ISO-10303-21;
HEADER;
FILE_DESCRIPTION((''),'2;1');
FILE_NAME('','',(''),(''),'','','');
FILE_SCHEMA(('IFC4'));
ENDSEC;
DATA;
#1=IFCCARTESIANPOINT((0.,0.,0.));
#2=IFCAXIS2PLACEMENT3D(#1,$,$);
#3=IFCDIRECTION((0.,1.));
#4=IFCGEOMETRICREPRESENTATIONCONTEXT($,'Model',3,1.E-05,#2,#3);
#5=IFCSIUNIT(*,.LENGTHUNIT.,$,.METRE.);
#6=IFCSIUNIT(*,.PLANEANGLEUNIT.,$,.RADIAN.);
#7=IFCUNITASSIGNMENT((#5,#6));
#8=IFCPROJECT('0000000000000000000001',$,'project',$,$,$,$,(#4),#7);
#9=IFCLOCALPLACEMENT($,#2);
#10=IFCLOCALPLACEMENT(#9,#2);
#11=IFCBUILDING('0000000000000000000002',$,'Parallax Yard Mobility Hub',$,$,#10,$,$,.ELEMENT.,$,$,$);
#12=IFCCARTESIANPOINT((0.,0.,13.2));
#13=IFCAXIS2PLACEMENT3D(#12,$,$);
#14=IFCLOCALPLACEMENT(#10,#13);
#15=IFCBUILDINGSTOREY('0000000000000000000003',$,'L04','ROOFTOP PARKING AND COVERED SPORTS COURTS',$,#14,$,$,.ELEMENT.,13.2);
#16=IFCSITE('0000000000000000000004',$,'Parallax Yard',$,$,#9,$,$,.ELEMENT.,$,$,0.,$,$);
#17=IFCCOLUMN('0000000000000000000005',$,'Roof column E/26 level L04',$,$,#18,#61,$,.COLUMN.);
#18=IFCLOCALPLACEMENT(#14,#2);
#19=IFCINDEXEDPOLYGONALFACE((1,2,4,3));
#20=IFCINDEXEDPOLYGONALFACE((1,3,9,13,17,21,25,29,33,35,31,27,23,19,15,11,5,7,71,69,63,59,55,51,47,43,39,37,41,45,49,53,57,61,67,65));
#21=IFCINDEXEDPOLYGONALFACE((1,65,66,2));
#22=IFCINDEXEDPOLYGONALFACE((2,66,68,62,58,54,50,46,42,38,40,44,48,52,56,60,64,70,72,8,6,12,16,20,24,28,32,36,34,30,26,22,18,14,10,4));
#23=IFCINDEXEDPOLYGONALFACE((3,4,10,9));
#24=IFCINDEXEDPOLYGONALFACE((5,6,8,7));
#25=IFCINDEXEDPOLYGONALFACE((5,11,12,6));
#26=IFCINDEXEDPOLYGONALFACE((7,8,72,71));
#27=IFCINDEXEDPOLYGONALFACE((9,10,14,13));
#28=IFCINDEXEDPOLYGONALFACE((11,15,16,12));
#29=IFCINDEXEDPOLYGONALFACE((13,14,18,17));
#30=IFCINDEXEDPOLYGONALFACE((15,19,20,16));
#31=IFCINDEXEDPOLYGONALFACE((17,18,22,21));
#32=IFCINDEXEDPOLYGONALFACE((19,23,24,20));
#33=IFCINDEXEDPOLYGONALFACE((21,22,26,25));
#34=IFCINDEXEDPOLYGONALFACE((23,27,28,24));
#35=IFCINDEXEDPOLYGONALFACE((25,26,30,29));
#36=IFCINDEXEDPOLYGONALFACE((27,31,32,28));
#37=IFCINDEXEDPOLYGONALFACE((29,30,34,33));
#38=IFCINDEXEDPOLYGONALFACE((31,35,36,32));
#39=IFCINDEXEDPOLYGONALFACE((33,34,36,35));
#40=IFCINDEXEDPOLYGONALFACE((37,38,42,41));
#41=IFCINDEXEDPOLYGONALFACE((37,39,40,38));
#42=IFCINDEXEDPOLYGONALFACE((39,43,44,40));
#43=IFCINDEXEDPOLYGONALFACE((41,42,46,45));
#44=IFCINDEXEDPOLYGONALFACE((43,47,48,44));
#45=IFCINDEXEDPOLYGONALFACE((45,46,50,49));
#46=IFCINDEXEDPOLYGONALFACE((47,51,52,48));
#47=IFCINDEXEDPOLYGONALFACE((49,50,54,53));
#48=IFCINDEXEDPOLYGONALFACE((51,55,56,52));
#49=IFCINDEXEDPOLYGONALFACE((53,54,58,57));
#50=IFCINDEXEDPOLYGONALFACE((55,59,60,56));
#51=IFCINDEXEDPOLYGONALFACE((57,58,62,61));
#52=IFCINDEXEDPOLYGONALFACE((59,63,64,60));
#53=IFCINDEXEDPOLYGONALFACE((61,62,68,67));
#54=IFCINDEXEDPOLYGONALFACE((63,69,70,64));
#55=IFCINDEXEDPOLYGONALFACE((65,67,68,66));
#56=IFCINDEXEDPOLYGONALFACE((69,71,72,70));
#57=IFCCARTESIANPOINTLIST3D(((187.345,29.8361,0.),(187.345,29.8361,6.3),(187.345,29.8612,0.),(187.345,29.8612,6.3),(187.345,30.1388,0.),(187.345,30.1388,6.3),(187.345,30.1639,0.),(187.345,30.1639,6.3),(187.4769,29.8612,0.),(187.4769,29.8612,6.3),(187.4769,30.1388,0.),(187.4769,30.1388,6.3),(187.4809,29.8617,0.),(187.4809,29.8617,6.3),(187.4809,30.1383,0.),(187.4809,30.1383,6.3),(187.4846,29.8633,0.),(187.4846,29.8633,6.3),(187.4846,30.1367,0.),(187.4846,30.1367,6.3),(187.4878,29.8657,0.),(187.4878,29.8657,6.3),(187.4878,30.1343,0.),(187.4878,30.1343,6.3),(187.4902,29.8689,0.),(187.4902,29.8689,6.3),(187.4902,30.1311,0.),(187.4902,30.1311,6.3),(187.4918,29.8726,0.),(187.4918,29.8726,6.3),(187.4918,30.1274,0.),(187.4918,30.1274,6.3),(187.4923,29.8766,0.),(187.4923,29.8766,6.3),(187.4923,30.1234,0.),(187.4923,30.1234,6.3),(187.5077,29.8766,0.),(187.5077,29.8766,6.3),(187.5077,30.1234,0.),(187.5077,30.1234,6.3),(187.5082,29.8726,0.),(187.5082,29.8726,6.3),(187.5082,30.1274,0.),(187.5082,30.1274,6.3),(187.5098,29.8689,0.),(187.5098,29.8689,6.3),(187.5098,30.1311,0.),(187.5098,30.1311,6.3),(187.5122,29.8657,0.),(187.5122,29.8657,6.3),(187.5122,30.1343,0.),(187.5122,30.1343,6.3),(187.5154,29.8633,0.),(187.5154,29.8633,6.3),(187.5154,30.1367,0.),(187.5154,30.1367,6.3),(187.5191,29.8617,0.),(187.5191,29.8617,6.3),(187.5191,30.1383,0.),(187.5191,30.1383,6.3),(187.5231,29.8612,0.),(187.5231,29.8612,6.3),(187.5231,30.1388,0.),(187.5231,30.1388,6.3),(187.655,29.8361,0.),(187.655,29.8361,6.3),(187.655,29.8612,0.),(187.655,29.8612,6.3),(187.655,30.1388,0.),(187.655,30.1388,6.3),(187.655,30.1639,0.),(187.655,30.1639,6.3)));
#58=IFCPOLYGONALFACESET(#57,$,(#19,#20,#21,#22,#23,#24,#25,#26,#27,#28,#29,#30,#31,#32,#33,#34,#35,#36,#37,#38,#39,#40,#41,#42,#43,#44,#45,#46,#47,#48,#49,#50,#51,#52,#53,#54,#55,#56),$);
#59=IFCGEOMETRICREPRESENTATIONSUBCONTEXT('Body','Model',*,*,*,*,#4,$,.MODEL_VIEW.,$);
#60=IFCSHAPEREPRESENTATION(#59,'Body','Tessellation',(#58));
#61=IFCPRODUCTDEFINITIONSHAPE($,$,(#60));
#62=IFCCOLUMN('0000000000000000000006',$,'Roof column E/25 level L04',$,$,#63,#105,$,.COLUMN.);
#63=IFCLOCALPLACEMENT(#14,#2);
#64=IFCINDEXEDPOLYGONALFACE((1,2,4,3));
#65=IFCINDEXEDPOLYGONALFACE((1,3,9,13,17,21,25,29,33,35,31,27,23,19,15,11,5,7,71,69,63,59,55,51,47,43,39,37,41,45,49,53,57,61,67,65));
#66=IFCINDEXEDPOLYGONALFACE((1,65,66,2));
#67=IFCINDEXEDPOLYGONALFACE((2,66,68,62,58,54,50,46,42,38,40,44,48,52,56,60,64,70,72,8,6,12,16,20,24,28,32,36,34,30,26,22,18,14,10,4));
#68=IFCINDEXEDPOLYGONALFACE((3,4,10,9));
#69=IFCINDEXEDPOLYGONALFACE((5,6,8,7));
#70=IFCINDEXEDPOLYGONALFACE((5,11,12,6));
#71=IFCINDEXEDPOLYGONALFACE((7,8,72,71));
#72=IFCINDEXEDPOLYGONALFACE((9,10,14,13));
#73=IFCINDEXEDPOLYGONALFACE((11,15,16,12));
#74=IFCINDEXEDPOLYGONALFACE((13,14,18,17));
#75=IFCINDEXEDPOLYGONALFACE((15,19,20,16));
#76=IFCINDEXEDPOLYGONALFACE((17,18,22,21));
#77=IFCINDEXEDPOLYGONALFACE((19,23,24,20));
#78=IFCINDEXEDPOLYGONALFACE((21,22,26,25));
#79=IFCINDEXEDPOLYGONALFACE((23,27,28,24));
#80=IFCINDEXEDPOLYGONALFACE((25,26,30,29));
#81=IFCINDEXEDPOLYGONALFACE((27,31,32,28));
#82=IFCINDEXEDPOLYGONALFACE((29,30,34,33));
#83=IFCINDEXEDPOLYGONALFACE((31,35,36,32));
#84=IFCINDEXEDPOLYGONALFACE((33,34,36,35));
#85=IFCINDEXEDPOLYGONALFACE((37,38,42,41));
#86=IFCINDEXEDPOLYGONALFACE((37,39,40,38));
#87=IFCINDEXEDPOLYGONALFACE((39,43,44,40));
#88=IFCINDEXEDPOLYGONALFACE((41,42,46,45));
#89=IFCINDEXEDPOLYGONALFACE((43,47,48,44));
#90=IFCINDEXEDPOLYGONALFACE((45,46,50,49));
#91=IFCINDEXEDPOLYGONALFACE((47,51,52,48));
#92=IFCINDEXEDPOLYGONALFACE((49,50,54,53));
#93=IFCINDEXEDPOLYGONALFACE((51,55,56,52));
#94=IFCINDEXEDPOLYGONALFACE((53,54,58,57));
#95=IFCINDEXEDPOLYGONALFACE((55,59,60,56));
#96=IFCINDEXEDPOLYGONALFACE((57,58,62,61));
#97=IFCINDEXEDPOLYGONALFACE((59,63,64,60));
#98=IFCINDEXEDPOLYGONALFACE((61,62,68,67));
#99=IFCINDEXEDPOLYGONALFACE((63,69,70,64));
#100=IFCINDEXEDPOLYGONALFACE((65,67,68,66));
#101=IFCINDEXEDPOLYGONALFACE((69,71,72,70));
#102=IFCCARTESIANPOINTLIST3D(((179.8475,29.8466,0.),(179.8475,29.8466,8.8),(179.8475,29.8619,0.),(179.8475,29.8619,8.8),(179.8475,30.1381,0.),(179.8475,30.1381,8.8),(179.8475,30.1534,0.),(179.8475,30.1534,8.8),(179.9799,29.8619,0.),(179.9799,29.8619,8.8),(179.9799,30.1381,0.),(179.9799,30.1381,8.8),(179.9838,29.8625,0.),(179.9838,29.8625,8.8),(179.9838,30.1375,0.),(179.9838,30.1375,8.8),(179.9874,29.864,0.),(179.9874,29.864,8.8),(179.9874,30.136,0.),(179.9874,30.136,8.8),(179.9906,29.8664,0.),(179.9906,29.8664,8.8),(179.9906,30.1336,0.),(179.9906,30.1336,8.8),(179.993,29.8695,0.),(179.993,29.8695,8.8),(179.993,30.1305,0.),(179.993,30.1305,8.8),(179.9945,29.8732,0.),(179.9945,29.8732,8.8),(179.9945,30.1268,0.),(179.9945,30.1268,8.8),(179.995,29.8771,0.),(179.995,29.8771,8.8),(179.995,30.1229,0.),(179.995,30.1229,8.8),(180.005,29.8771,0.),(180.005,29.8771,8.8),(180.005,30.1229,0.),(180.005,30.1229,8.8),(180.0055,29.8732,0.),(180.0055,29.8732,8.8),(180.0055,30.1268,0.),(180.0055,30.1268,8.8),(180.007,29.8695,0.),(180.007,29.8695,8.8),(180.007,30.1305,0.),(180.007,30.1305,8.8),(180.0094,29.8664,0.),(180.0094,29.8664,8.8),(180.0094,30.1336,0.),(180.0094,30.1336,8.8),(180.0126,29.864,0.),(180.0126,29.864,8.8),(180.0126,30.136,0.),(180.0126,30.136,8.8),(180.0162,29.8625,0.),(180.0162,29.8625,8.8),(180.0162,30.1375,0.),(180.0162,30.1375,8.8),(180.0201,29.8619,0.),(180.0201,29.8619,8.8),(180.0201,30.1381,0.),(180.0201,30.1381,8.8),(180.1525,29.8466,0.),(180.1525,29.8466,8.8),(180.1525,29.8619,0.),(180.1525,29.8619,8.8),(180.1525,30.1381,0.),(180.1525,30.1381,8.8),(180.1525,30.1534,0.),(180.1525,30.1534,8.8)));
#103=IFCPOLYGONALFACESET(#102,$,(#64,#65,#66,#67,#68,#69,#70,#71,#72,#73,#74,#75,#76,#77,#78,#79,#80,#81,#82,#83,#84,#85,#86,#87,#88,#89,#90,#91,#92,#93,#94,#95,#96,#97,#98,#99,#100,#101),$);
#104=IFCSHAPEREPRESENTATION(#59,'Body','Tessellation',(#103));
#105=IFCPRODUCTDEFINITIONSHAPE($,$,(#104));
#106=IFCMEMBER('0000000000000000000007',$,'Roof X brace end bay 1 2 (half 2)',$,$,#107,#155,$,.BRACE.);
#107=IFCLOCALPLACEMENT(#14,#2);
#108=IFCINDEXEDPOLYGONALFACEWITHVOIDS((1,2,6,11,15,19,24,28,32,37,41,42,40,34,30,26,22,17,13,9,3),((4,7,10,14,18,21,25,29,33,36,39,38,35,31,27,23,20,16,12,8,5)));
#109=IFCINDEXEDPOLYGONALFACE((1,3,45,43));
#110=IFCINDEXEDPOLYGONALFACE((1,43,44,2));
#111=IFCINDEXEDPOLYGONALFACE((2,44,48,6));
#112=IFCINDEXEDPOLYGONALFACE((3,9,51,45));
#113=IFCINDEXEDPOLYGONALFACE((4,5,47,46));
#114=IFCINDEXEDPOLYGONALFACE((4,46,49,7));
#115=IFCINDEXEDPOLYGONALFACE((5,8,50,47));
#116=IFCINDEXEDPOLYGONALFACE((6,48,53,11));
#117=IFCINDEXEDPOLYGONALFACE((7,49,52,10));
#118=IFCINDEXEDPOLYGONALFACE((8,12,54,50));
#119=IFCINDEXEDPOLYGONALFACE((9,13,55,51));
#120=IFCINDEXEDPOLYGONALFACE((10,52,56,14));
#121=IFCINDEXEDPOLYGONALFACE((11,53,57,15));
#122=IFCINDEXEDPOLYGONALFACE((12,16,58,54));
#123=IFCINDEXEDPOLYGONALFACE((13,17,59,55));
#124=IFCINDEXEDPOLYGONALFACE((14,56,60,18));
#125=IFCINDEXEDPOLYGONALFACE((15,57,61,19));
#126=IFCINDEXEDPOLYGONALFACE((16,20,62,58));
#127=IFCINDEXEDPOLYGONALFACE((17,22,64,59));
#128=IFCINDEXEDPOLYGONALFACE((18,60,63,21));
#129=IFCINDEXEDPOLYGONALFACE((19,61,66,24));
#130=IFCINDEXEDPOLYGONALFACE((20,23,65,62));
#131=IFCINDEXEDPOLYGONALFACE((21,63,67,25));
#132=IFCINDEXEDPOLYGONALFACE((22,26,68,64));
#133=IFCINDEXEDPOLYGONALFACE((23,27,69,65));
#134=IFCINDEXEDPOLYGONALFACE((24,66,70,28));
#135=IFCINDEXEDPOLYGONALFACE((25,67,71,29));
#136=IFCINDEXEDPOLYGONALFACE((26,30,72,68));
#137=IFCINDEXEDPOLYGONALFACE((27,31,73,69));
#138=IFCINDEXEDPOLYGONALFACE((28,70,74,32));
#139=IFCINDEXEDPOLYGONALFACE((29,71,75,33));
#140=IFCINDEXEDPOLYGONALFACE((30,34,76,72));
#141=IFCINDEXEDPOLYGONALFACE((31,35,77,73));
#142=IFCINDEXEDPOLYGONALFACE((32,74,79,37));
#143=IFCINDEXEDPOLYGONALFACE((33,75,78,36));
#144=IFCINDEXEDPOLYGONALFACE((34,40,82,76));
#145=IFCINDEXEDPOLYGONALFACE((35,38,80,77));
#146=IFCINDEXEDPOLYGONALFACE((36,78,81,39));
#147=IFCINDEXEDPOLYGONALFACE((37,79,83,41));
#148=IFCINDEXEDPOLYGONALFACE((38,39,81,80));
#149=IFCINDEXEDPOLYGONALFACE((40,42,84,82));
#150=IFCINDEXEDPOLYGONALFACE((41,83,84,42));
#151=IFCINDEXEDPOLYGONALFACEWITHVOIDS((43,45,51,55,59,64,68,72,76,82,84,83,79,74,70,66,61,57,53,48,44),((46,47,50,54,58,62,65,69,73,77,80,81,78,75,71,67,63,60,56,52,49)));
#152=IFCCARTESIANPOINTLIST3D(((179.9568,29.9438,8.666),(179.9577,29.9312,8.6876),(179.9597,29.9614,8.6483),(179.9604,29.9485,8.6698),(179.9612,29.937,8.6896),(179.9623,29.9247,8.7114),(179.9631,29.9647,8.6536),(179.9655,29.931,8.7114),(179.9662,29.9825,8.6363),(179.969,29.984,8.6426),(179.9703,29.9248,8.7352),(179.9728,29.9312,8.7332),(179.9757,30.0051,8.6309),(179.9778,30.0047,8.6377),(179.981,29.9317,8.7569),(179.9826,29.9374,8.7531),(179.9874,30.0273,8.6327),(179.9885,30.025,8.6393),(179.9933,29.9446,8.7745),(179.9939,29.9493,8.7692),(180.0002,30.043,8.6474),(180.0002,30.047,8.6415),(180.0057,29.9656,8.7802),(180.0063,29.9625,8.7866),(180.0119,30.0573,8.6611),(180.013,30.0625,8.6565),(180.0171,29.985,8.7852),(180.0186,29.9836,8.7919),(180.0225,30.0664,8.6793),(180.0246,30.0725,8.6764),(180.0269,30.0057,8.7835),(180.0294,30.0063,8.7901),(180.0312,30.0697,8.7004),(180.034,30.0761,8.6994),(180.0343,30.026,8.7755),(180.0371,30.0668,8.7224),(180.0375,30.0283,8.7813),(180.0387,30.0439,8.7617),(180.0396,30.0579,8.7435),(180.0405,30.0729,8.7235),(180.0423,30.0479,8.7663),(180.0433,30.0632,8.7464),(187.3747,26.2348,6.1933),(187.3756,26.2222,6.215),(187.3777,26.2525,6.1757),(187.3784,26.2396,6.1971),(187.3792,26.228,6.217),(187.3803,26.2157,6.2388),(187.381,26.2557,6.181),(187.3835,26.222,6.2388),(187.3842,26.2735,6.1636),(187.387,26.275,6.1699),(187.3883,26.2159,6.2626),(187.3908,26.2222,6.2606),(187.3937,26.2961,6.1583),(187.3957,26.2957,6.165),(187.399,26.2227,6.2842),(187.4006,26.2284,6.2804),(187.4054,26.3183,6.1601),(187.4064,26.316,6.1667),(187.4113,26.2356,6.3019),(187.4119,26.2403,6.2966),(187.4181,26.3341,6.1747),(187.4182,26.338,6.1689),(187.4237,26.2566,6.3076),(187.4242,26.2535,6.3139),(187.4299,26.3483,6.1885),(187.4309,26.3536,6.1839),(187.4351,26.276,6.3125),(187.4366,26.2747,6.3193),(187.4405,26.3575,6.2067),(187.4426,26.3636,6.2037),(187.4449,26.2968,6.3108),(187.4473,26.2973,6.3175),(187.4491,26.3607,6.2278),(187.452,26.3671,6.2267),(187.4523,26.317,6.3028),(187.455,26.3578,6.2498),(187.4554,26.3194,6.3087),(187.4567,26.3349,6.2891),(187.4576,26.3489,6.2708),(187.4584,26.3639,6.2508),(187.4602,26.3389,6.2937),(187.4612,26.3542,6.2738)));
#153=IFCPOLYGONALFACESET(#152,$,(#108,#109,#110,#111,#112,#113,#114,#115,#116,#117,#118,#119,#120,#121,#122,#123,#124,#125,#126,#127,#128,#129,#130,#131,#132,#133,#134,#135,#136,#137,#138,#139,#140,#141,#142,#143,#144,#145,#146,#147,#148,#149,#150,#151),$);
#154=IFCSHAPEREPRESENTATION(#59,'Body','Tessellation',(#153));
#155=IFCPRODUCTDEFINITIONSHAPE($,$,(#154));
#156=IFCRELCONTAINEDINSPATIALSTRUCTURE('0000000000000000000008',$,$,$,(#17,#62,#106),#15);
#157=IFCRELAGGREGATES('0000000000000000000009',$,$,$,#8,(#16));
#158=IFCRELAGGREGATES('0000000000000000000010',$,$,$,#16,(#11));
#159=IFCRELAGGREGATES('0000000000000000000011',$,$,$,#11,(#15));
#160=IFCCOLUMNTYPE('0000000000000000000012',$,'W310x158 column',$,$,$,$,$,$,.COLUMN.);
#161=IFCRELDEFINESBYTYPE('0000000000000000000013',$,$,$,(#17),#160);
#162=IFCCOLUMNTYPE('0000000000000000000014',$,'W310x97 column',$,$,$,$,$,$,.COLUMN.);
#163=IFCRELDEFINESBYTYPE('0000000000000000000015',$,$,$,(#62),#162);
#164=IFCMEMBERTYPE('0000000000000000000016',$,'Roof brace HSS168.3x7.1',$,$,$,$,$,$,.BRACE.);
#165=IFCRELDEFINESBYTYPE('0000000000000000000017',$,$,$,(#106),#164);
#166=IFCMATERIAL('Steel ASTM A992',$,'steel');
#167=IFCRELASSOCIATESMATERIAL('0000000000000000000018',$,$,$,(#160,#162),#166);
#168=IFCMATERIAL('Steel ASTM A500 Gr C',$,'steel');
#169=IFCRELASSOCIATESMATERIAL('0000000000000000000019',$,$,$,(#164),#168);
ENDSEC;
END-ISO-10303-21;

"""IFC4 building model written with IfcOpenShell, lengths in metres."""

from ifc_helpers import new_model, si_unit, direction, frame, origin, origin_2d, place, context, subcontext, project, spatial, hollow_circle, i_section, extrude, material, material_profile, profile_set, type_object, element, save


model = new_model("IFC4")

# Units and contexts
model_context = context("Model", 3, precision=1e-05, world=origin(), true_north=direction((0.0, 1.0)))
body_context = subcontext(model_context, "Body", "Model", "MODEL_VIEW")
ifc_project = project(units=[si_unit("LENGTHUNIT", "METRE"), si_unit("PLANEANGLEUNIT", "RADIAN")], contexts=[model_context])

# Site, building, storey
site_placement = place(None, origin())
site = spatial("IfcSite", under=ifc_project, at=site_placement, Name="Parallax Yard", CompositionType="ELEMENT", RefElevation=0.0)
building_placement = place(site_placement, origin())
building = spatial("IfcBuilding", under=site, at=building_placement, Name="Parallax Yard Mobility Hub", CompositionType="ELEMENT")
storey_placement = place(building_placement, frame((0.0, 0.0, 13.2)))
storey = spatial("IfcBuildingStorey", under=building, at=storey_placement, Name="L04", Description="ROOFTOP PARKING AND COVERED SPORTS COURTS", CompositionType="ELEMENT", Elevation=13.2)

# Columns
ifc_material_1 = material(Name="Steel ASTM A992", Category="steel")
ifc_material_profile_1 = material_profile(ifc_material_1, i_section(OverallWidth=0.3101, OverallDepth=0.3279, WebThickness=0.0154, FlangeThickness=0.0251, FilletRadius=0.0154, at=origin_2d()), Name="W310x158")
ifc_profile_set_1 = profile_set([ifc_material_profile_1], Name="Steel ASTM A992")
column_type_1 = type_object("IfcColumnType", Name="W310x158 column", PredefinedType="COLUMN", material=ifc_profile_set_1)
column_1_placement = place(storey_placement, frame((187.5, 30.0, 0.0), z_axis=(0.0, 0.0, 1.0), x_axis=(1.0, 0.0, 0.0)))
element("IfcColumn", 1, at=column_1_placement, inside=storey, type_object=column_type_1, Name="Roof column E/26 level L04", PredefinedType="COLUMN", context=body_context, shape_type="SweptSolid", body=[
    extrude(i_section(OverallWidth=0.3101, OverallDepth=0.3279, WebThickness=0.0154, FlangeThickness=0.0251, FilletRadius=0.0154, at=origin_2d()), origin(), (0.0, 0.0, 1.0), 6.3),
])
ifc_material_profile_2 = material_profile(ifc_material_1, i_section(OverallWidth=0.3049, OverallDepth=0.3069, WebThickness=0.01, FlangeThickness=0.0154, FilletRadius=0.0151, at=origin_2d()), Name="W310x97")
ifc_profile_set_2 = profile_set([ifc_material_profile_2], Name="Steel ASTM A992")
column_type_2 = type_object("IfcColumnType", Name="W310x97 column", PredefinedType="COLUMN", material=ifc_profile_set_2)
column_2_placement = place(storey_placement, frame((180.0, 30.0, 0.0), z_axis=(0.0, 0.0, 1.0), x_axis=(1.0, 0.0, 0.0)))
element("IfcColumn", 2, at=column_2_placement, inside=storey, type_object=column_type_2, Name="Roof column E/25 level L04", PredefinedType="COLUMN", context=body_context, shape_type="SweptSolid", body=[
    extrude(i_section(OverallWidth=0.3049, OverallDepth=0.3069, WebThickness=0.01, FlangeThickness=0.0154, FilletRadius=0.0151, at=origin_2d()), origin(), (0.0, 0.0, 1.0), 8.8),
])

# Member
ifc_material_2 = material(Name="Steel ASTM A500 Gr C", Category="steel")
ifc_material_profile_3 = material_profile(ifc_material_2, hollow_circle(Radius=0.0842, WallThickness=0.0071, at=origin_2d()), Name="HSS168.3x7.1")
ifc_profile_set_3 = profile_set([ifc_material_profile_3], Name="Steel ASTM A500 Gr C")
member_type = type_object("IfcMemberType", Name="Roof brace HSS168.3x7.1", PredefinedType="BRACE", material=ifc_profile_set_3)
member_placement = place(storey_placement, frame((187.418, 26.291, 6.2388), z_axis=(-0.857143, 0.428571, 0.285714), x_axis=(-0.447214, -0.894427, 0.0)))
element("IfcMember", 3, at=member_placement, inside=storey, type_object=member_type, Name="Roof X brace end bay 1 2 (half 2)", PredefinedType="BRACE", context=body_context, shape_type="SweptSolid", body=[
    extrude(hollow_circle(Radius=0.0842, WallThickness=0.0071, at=origin_2d()), origin(), (0.0, 0.0, 1.0), 8.6543),
])

save(model, "model.ifc")
